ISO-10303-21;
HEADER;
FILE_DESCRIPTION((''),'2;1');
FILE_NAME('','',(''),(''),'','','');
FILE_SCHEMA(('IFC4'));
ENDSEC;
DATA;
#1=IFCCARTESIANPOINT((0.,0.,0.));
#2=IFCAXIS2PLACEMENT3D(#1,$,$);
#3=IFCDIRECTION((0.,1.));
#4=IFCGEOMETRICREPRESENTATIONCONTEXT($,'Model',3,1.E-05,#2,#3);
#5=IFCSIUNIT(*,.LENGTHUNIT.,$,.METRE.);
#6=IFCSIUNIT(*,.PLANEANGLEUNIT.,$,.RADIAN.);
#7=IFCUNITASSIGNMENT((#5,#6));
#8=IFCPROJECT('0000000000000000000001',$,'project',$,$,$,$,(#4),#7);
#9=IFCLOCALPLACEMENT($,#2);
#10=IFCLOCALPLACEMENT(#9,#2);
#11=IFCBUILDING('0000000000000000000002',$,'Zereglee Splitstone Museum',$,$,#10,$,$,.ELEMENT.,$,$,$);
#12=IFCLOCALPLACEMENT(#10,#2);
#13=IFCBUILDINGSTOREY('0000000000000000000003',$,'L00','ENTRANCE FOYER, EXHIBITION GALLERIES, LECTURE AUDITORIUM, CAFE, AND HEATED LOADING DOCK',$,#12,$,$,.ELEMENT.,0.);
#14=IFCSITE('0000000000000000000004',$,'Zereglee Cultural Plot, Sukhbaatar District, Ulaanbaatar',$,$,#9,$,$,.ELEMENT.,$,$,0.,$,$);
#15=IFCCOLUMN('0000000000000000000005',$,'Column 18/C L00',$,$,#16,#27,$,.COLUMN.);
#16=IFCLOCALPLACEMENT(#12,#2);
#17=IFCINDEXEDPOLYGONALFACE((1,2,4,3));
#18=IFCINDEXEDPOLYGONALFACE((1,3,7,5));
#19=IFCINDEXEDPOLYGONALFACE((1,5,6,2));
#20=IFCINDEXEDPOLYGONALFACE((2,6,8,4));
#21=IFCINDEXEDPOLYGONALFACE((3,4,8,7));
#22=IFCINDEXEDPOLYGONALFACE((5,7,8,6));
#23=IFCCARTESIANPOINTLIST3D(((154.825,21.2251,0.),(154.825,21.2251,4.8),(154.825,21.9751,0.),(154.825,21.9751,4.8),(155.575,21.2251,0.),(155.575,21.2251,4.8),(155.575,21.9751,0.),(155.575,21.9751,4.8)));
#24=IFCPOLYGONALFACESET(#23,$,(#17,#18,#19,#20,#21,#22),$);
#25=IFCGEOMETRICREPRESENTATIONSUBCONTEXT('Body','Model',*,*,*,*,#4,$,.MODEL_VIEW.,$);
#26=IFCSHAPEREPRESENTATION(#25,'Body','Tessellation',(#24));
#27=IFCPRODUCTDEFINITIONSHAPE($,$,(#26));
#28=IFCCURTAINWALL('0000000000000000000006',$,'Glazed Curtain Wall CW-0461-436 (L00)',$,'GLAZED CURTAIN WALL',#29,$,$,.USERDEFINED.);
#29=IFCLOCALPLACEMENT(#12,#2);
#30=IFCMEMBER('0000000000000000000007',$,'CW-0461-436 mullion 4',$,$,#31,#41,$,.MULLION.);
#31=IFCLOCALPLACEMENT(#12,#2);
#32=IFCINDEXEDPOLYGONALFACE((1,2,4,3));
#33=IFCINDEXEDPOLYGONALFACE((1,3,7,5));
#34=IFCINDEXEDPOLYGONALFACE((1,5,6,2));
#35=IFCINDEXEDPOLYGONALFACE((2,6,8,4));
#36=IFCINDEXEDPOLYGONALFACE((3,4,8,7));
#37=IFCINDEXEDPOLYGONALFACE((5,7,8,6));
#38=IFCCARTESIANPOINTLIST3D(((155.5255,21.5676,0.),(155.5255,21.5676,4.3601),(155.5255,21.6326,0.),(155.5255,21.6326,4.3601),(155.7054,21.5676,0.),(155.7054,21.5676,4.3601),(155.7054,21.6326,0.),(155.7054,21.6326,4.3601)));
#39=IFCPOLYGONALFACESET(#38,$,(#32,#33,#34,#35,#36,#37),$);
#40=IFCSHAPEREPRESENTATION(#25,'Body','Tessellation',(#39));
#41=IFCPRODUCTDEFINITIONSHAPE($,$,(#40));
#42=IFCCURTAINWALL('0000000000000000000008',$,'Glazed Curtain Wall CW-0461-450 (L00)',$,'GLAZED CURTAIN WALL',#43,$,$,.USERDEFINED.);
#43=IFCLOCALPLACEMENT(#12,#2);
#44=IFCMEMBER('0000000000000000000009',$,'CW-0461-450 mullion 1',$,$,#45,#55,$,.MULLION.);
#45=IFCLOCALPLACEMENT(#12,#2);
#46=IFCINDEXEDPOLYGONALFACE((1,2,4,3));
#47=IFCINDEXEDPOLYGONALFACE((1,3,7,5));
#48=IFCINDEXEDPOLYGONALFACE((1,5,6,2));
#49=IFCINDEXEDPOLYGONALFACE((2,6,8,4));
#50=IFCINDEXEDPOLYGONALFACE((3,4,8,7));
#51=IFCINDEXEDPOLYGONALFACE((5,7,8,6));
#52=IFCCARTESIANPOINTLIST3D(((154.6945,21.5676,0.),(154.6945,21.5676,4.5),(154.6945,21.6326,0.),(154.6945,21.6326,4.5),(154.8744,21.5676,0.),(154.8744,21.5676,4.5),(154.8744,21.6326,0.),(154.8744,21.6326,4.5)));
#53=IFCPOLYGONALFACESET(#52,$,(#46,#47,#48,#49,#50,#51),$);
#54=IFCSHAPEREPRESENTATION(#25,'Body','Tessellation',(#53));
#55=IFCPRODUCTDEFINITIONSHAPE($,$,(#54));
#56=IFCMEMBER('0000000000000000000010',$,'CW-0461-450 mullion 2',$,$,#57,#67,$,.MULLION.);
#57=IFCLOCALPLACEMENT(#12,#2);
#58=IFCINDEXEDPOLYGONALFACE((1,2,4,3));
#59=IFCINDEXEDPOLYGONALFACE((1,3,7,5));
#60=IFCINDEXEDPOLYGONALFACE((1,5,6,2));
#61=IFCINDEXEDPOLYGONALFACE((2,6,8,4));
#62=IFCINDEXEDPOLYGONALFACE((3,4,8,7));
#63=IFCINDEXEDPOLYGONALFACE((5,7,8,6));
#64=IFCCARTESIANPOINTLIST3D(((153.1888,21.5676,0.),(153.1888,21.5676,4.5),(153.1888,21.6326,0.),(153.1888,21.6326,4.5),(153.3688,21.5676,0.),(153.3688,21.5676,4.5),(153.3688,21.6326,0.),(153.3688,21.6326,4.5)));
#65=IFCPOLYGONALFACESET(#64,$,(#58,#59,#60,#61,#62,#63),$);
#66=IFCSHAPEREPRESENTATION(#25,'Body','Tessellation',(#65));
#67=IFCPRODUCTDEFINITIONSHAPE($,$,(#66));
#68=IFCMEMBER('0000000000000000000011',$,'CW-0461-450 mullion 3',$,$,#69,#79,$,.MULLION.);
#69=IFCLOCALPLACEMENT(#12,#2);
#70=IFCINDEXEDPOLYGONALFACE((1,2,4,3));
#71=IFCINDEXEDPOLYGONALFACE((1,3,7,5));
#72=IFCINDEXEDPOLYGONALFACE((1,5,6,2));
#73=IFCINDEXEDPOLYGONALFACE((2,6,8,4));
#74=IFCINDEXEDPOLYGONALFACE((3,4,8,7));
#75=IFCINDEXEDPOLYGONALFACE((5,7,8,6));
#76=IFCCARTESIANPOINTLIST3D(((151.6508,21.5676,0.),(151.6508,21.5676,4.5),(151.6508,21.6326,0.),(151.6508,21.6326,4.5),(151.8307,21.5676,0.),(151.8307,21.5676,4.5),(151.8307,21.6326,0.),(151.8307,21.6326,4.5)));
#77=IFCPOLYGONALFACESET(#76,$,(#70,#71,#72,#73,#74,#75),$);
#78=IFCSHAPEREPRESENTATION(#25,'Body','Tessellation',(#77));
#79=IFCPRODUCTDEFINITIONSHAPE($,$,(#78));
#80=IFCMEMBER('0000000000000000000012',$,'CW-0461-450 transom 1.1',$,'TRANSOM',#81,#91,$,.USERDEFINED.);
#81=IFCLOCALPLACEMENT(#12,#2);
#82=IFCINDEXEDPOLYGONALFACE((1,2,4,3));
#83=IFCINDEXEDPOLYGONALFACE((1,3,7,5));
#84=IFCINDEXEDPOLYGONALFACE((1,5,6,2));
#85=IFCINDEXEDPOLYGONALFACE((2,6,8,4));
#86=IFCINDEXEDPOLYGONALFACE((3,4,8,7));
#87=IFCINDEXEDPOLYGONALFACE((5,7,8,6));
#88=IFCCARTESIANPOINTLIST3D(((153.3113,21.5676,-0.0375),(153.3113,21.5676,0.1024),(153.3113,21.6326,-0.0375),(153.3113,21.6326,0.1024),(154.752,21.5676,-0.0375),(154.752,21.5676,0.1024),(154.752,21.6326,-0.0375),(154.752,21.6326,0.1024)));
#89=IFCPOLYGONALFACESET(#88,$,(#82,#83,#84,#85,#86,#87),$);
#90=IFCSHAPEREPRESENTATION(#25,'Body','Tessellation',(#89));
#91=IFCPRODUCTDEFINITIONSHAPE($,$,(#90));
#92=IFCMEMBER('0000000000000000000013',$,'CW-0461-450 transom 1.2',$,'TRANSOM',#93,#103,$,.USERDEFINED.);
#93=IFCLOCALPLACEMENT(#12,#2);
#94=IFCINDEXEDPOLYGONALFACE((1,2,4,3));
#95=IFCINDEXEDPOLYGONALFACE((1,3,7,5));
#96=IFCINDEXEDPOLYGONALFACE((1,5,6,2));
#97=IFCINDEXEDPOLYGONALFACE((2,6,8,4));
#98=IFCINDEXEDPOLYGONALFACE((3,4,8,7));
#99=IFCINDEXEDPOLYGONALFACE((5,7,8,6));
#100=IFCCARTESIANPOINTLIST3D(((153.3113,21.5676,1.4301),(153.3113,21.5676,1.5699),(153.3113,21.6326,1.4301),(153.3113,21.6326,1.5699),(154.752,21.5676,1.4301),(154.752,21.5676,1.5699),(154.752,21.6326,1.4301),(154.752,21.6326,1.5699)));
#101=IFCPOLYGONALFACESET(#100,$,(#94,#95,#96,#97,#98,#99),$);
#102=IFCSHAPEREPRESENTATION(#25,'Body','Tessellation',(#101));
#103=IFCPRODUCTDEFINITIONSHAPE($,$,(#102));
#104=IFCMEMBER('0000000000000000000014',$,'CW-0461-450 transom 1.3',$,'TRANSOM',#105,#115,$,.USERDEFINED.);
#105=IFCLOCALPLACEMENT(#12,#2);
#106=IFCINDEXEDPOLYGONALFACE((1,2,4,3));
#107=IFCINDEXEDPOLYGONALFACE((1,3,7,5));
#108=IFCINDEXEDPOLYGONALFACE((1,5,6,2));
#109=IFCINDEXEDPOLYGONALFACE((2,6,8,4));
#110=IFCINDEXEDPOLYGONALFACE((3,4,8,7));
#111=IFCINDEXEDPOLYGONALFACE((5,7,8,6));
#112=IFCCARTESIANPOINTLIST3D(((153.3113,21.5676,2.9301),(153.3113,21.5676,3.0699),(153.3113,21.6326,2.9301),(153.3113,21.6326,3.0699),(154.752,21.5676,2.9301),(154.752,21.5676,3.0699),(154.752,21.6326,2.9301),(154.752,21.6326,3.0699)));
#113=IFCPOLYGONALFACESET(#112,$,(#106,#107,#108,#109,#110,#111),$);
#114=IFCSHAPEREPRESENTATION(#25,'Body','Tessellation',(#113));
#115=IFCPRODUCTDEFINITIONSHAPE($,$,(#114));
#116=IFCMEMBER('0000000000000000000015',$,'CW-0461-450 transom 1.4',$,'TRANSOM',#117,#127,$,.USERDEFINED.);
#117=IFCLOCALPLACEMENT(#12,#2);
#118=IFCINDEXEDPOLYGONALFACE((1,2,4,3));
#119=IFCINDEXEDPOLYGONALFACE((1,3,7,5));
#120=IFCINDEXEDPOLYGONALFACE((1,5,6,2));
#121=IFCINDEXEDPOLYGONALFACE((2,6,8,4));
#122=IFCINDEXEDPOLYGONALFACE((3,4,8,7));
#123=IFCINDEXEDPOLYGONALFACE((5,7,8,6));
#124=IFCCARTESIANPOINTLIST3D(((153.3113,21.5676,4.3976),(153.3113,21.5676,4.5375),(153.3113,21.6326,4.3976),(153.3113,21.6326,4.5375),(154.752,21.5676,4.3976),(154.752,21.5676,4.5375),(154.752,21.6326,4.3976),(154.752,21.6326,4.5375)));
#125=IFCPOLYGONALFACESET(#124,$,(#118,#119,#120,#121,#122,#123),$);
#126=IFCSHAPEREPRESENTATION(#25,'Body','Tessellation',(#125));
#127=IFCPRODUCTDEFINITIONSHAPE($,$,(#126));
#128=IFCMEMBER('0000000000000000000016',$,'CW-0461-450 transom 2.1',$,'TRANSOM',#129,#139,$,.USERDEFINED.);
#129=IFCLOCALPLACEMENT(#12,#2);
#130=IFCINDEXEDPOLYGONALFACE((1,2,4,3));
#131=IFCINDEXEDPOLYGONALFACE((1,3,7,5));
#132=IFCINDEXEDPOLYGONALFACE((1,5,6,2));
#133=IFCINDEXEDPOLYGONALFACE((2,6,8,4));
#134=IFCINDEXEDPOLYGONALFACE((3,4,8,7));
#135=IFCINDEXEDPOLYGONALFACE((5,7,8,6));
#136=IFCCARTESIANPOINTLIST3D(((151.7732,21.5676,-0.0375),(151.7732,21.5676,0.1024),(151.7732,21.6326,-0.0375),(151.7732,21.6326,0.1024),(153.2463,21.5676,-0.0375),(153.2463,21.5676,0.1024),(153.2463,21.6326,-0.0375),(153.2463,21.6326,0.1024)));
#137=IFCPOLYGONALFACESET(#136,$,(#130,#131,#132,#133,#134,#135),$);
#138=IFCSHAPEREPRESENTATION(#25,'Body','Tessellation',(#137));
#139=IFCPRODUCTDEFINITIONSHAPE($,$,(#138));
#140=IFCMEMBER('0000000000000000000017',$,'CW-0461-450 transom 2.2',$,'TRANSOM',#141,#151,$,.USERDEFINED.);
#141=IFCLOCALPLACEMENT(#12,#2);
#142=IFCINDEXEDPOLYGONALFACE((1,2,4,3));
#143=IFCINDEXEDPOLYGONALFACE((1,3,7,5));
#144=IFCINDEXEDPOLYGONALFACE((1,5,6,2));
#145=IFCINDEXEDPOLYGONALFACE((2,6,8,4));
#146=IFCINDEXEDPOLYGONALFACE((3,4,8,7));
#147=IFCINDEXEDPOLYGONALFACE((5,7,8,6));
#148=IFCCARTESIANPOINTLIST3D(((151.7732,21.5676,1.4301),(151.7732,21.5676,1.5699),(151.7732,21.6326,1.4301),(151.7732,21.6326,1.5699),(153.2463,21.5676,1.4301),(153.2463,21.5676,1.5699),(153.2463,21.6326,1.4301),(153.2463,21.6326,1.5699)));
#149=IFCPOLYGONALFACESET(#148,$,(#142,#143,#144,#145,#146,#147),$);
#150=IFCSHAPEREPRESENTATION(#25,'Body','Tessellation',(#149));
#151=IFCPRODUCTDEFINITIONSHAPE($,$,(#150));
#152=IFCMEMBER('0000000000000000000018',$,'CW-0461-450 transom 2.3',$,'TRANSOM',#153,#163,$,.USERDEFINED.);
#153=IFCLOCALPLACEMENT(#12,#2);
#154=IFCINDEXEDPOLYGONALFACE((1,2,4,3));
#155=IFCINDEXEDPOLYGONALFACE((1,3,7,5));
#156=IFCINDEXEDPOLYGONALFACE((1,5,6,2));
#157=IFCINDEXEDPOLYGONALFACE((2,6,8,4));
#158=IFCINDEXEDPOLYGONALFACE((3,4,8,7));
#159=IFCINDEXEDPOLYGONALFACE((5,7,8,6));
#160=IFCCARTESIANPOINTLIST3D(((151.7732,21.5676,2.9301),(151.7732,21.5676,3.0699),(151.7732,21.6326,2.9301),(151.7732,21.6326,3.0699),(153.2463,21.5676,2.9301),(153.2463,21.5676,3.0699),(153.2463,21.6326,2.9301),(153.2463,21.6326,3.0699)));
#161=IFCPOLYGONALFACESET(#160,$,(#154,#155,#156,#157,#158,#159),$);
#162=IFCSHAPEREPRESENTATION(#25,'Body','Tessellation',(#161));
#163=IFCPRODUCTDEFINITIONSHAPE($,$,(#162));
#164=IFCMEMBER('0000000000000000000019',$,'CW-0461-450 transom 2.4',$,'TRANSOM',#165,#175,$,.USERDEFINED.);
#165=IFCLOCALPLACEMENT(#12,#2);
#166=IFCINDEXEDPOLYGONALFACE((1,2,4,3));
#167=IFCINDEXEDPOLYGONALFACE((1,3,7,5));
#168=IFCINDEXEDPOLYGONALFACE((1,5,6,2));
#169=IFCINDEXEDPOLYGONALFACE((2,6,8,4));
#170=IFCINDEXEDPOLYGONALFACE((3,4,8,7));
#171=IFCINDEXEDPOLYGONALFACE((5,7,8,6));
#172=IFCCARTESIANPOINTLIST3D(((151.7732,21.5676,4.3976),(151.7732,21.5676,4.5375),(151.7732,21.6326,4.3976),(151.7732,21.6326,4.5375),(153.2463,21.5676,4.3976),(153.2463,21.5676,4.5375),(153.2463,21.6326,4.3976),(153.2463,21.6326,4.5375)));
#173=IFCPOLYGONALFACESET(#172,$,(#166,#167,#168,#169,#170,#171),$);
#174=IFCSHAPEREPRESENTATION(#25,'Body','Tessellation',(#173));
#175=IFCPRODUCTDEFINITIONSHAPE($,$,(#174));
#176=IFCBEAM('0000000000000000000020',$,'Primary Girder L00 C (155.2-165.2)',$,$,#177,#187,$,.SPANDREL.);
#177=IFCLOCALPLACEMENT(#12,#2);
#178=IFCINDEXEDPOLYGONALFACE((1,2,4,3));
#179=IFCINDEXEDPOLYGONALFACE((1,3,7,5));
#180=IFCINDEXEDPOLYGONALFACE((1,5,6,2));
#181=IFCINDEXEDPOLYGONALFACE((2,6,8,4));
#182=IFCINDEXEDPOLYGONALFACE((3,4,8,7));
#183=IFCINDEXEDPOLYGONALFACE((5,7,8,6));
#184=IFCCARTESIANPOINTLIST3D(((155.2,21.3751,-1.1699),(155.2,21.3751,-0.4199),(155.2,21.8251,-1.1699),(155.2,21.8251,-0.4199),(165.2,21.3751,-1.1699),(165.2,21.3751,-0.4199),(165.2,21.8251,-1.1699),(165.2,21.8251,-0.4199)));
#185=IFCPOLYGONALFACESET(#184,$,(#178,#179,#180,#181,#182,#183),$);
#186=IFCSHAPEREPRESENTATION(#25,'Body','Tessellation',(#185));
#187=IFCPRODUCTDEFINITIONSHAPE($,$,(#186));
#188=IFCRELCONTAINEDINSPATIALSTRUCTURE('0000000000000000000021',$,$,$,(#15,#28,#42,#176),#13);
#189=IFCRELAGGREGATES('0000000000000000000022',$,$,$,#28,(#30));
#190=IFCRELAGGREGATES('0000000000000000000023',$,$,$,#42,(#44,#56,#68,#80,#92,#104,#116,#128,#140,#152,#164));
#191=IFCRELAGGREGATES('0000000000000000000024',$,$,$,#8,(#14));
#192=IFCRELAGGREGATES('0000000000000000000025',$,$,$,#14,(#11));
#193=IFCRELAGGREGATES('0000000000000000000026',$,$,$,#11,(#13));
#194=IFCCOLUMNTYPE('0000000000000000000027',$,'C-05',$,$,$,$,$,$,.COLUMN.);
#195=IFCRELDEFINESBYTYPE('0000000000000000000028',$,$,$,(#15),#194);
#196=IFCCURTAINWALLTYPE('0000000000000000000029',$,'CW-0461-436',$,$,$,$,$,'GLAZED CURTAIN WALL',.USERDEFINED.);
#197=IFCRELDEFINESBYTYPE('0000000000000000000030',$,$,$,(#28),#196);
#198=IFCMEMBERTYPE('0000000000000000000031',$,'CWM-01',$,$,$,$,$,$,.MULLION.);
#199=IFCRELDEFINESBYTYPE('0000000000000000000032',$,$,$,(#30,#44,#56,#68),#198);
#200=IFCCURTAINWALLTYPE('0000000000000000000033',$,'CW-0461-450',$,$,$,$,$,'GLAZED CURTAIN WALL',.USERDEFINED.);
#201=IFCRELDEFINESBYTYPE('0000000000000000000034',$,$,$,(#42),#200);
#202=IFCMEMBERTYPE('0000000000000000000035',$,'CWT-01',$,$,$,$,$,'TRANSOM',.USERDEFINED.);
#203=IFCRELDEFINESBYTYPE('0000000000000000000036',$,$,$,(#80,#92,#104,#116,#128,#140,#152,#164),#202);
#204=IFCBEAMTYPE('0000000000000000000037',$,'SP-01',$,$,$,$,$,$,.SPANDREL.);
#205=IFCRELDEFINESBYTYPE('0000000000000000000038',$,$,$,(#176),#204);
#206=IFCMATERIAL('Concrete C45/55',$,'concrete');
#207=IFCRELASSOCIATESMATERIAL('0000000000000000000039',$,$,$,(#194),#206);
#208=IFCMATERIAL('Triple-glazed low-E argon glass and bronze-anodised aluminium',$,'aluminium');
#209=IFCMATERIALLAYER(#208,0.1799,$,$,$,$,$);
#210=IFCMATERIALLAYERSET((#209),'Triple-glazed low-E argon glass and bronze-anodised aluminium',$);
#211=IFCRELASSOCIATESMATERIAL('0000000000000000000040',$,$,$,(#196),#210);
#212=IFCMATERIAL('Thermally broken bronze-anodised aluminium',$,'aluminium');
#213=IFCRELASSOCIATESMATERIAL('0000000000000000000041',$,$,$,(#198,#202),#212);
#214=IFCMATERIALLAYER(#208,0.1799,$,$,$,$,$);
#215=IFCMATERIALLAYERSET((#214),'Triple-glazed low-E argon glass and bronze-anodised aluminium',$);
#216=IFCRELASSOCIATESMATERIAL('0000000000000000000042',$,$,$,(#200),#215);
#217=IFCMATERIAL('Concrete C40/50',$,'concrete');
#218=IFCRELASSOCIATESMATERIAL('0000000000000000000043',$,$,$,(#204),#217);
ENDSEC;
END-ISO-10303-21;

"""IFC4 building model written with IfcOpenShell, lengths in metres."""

from ifc_helpers import new_model, si_unit, direction, frame, origin, origin_2d, place, context, subcontext, project, spatial, rectangle, extrude, material, layer, layer_set, material_profile, profile_set, type_object, element, aggregate, save


model = new_model("IFC4")

# Units and contexts
model_context = context("Model", 3, precision=1e-05, world=origin(), true_north=direction((0.0, 1.0)))
body_context = subcontext(model_context, "Body", "Model", "MODEL_VIEW")
ifc_project = project(units=[si_unit("LENGTHUNIT", "METRE"), si_unit("PLANEANGLEUNIT", "RADIAN")], contexts=[model_context])

# Site, building, storey
site_placement = place(None, origin())
site = spatial("IfcSite", under=ifc_project, at=site_placement, Name="Zereglee Cultural Plot, Sukhbaatar District, Ulaanbaatar", CompositionType="ELEMENT", RefElevation=0.0)
building_placement = place(site_placement, origin())
building = spatial("IfcBuilding", under=site, at=building_placement, Name="Zereglee Splitstone Museum", CompositionType="ELEMENT")
storey_placement = place(building_placement, origin())
storey = spatial("IfcBuildingStorey", under=building, at=storey_placement, Name="L00", Description="ENTRANCE FOYER, EXHIBITION GALLERIES, LECTURE AUDITORIUM, CAFE, AND HEATED LOADING DOCK", CompositionType="ELEMENT", Elevation=0.0)

# Column
ifc_material_1 = material(Name="Concrete C45/55", Category="concrete")
ifc_material_profile_1 = material_profile(ifc_material_1, rectangle(XDim=0.75, YDim=0.75, at=origin_2d()), Name="RC 750x750")
ifc_profile_set_1 = profile_set([ifc_material_profile_1], Name="Concrete C45/55")
column_type = type_object("IfcColumnType", Name="C-05", PredefinedType="COLUMN", material=ifc_profile_set_1)
column_placement = place(storey_placement, frame((155.2, 21.6001, 0.0), z_axis=(0.0, 0.0, 1.0), x_axis=(1.0, 0.0, 0.0)))
element("IfcColumn", 1, at=column_placement, inside=storey, type_object=column_type, Name="Column 18/C L00", PredefinedType="COLUMN", context=body_context, shape_type="SweptSolid", body=[
    extrude(rectangle(XDim=0.75, YDim=0.75, at=origin_2d()), origin(), (0.0, 0.0, 1.0), 4.8),
])

# Curtain wall, member
ifc_material_2 = material(Name="Triple-glazed low-E argon glass and bronze-anodised aluminium", Category="aluminium")
ifc_layer_1 = layer(ifc_material_2, 0.1799)
ifc_layer_set_1 = layer_set([ifc_layer_1], Name="Triple-glazed low-E argon glass and bronze-anodised aluminium")
curtain_wall_type_1 = type_object("IfcCurtainWallType", Name="CW-0461-436", ElementType="GLAZED CURTAIN WALL", PredefinedType="USERDEFINED", material=ifc_layer_set_1)
curtain_wall_1_placement = place(storey_placement, origin())
curtain_wall_1 = element("IfcCurtainWall", 2, at=curtain_wall_1_placement, inside=storey, type_object=curtain_wall_type_1, Name="Glazed Curtain Wall CW-0461-436 (L00)", ObjectType="GLAZED CURTAIN WALL", PredefinedType="USERDEFINED")
ifc_material_3 = material(Name="Thermally broken bronze-anodised aluminium", Category="aluminium")
ifc_material_profile_2 = material_profile(ifc_material_3, rectangle(XDim=0.0649, YDim=0.1799, at=origin_2d()), Name="CW MULL 65x180")
ifc_profile_set_2 = profile_set([ifc_material_profile_2], Name="Thermally broken bronze-anodised aluminium")
member_type_1 = type_object("IfcMemberType", Name="CWM-01", PredefinedType="MULLION", material=ifc_profile_set_2)
member_1_placement = place(storey_placement, frame((155.6155, 21.6001, 0.0), z_axis=(0.0, 0.0, 1.0), x_axis=(0.0, -1.0, 0.0)))
member_1 = element("IfcMember", 3, at=member_1_placement, type_object=member_type_1, Name="CW-0461-436 mullion 4", PredefinedType="MULLION", context=body_context, shape_type="SweptSolid", body=[
    extrude(rectangle(XDim=0.0649, YDim=0.1799, at=origin_2d()), origin(), (0.0, 0.0, 1.0), 4.3601),
])
aggregate(curtain_wall_1, [member_1])

# Curtain wall, members
ifc_layer_2 = layer(ifc_material_2, 0.1799)
ifc_layer_set_2 = layer_set([ifc_layer_2], Name="Triple-glazed low-E argon glass and bronze-anodised aluminium")
curtain_wall_type_2 = type_object("IfcCurtainWallType", Name="CW-0461-450", ElementType="GLAZED CURTAIN WALL", PredefinedType="USERDEFINED", material=ifc_layer_set_2)
curtain_wall_2_placement = place(storey_placement, origin())
curtain_wall_2 = element("IfcCurtainWall", 4, at=curtain_wall_2_placement, inside=storey, type_object=curtain_wall_type_2, Name="Glazed Curtain Wall CW-0461-450 (L00)", ObjectType="GLAZED CURTAIN WALL", PredefinedType="USERDEFINED")
member_2_placement = place(storey_placement, frame((154.7844, 21.6001, 0.0), z_axis=(0.0, 0.0, 1.0), x_axis=(0.0, -1.0, 0.0)))
member_2 = element("IfcMember", 5, at=member_2_placement, type_object=member_type_1, Name="CW-0461-450 mullion 1", PredefinedType="MULLION", context=body_context, shape_type="SweptSolid", body=[
    extrude(rectangle(XDim=0.0649, YDim=0.1799, at=origin_2d()), origin(), (0.0, 0.0, 1.0), 4.5),
])
member_3_placement = place(storey_placement, frame((153.2788, 21.6001, 0.0), z_axis=(0.0, 0.0, 1.0), x_axis=(0.0, -1.0, 0.0)))
member_3 = element("IfcMember", 6, at=member_3_placement, type_object=member_type_1, Name="CW-0461-450 mullion 2", PredefinedType="MULLION", context=body_context, shape_type="SweptSolid", body=[
    extrude(rectangle(XDim=0.0649, YDim=0.1799, at=origin_2d()), origin(), (0.0, 0.0, 1.0), 4.5),
])
member_4_placement = place(storey_placement, frame((151.7407, 21.6001, 0.0), z_axis=(0.0, 0.0, 1.0), x_axis=(0.0, -1.0, 0.0)))
member_4 = element("IfcMember", 7, at=member_4_placement, type_object=member_type_1, Name="CW-0461-450 mullion 3", PredefinedType="MULLION", context=body_context, shape_type="SweptSolid", body=[
    extrude(rectangle(XDim=0.0649, YDim=0.1799, at=origin_2d()), origin(), (0.0, 0.0, 1.0), 4.5),
])
ifc_material_profile_3 = material_profile(ifc_material_3, rectangle(XDim=0.0649, YDim=0.1399, at=origin_2d()), Name="CW TRAN 65x140")
ifc_profile_set_3 = profile_set([ifc_material_profile_3], Name="Thermally broken bronze-anodised aluminium")
member_type_2 = type_object("IfcMemberType", Name="CWT-01", ElementType="TRANSOM", PredefinedType="USERDEFINED", material=ifc_profile_set_3)
member_5_placement = place(storey_placement, frame((154.752, 21.6001, 0.0325), z_axis=(-1.0, 0.0, 0.0), x_axis=(0.0, -1.0, 0.0)))
member_5 = element("IfcMember", 8, at=member_5_placement, type_object=member_type_2, Name="CW-0461-450 transom 1.1", ObjectType="TRANSOM", PredefinedType="USERDEFINED", context=body_context, shape_type="SweptSolid", body=[
    extrude(rectangle(XDim=0.0649, YDim=0.1399, at=origin_2d()), origin(), (0.0, 0.0, 1.0), 1.4407),
])
member_6_placement = place(storey_placement, frame((154.752, 21.6001, 1.5), z_axis=(-1.0, 0.0, 0.0), x_axis=(0.0, -1.0, 0.0)))
member_6 = element("IfcMember", 9, at=member_6_placement, type_object=member_type_2, Name="CW-0461-450 transom 1.2", ObjectType="TRANSOM", PredefinedType="USERDEFINED", context=body_context, shape_type="SweptSolid", body=[
    extrude(rectangle(XDim=0.0649, YDim=0.1399, at=origin_2d()), origin(), (0.0, 0.0, 1.0), 1.4407),
])
member_7_placement = place(storey_placement, frame((154.752, 21.6001, 3.0), z_axis=(-1.0, 0.0, 0.0), x_axis=(0.0, -1.0, 0.0)))
member_7 = element("IfcMember", 10, at=member_7_placement, type_object=member_type_2, Name="CW-0461-450 transom 1.3", ObjectType="TRANSOM", PredefinedType="USERDEFINED", context=body_context, shape_type="SweptSolid", body=[
    extrude(rectangle(XDim=0.0649, YDim=0.1399, at=origin_2d()), origin(), (0.0, 0.0, 1.0), 1.4407),
])
member_8_placement = place(storey_placement, frame((154.752, 21.6001, 4.4675), z_axis=(-1.0, 0.0, 0.0), x_axis=(0.0, -1.0, 0.0)))
member_8 = element("IfcMember", 11, at=member_8_placement, type_object=member_type_2, Name="CW-0461-450 transom 1.4", ObjectType="TRANSOM", PredefinedType="USERDEFINED", context=body_context, shape_type="SweptSolid", body=[
    extrude(rectangle(XDim=0.0649, YDim=0.1399, at=origin_2d()), origin(), (0.0, 0.0, 1.0), 1.4407),
])
member_9_placement = place(storey_placement, frame((153.2463, 21.6001, 0.0325), z_axis=(-1.0, 0.0, 0.0), x_axis=(0.0, -1.0, 0.0)))
member_9 = element("IfcMember", 12, at=member_9_placement, type_object=member_type_2, Name="CW-0461-450 transom 2.1", ObjectType="TRANSOM", PredefinedType="USERDEFINED", context=body_context, shape_type="SweptSolid", body=[
    extrude(rectangle(XDim=0.0649, YDim=0.1399, at=origin_2d()), origin(), (0.0, 0.0, 1.0), 1.4731),
])
member_10_placement = place(storey_placement, frame((153.2463, 21.6001, 1.5), z_axis=(-1.0, 0.0, 0.0), x_axis=(0.0, -1.0, 0.0)))
member_10 = element("IfcMember", 13, at=member_10_placement, type_object=member_type_2, Name="CW-0461-450 transom 2.2", ObjectType="TRANSOM", PredefinedType="USERDEFINED", context=body_context, shape_type="SweptSolid", body=[
    extrude(rectangle(XDim=0.0649, YDim=0.1399, at=origin_2d()), origin(), (0.0, 0.0, 1.0), 1.4731),
])
member_11_placement = place(storey_placement, frame((153.2463, 21.6001, 3.0), z_axis=(-1.0, 0.0, 0.0), x_axis=(0.0, -1.0, 0.0)))
member_11 = element("IfcMember", 14, at=member_11_placement, type_object=member_type_2, Name="CW-0461-450 transom 2.3", ObjectType="TRANSOM", PredefinedType="USERDEFINED", context=body_context, shape_type="SweptSolid", body=[
    extrude(rectangle(XDim=0.0649, YDim=0.1399, at=origin_2d()), origin(), (0.0, 0.0, 1.0), 1.4731),
])
member_12_placement = place(storey_placement, frame((153.2463, 21.6001, 4.4675), z_axis=(-1.0, 0.0, 0.0), x_axis=(0.0, -1.0, 0.0)))
member_12 = element("IfcMember", 15, at=member_12_placement, type_object=member_type_2, Name="CW-0461-450 transom 2.4", ObjectType="TRANSOM", PredefinedType="USERDEFINED", context=body_context, shape_type="SweptSolid", body=[
    extrude(rectangle(XDim=0.0649, YDim=0.1399, at=origin_2d()), origin(), (0.0, 0.0, 1.0), 1.4731),
])

# Beam
ifc_material_4 = material(Name="Concrete C40/50", Category="concrete")
ifc_material_profile_4 = material_profile(ifc_material_4, rectangle(XDim=0.45, YDim=0.75, at=origin_2d()), Name="RC 450x750")
ifc_profile_set_4 = profile_set([ifc_material_profile_4], Name="Concrete C40/50")
beam_type = type_object("IfcBeamType", Name="SP-01", PredefinedType="SPANDREL", material=ifc_profile_set_4)
beam_placement = place(storey_placement, frame((155.2, 21.6001, -0.7949), z_axis=(1.0, 0.0, 0.0), x_axis=(0.0, 1.0, 0.0)))
element("IfcBeam", 16, at=beam_placement, inside=storey, type_object=beam_type, Name="Primary Girder L00 C (155.2-165.2)", PredefinedType="SPANDREL", context=body_context, shape_type="SweptSolid", body=[
    extrude(rectangle(XDim=0.45, YDim=0.75, at=origin_2d()), origin(), (0.0, 0.0, 1.0), 10.0),
])

aggregate(curtain_wall_2, [member_2, member_3, member_4, member_5, member_6, member_7, member_8, member_9, member_10, member_11, member_12])

save(model, "model.ifc")
